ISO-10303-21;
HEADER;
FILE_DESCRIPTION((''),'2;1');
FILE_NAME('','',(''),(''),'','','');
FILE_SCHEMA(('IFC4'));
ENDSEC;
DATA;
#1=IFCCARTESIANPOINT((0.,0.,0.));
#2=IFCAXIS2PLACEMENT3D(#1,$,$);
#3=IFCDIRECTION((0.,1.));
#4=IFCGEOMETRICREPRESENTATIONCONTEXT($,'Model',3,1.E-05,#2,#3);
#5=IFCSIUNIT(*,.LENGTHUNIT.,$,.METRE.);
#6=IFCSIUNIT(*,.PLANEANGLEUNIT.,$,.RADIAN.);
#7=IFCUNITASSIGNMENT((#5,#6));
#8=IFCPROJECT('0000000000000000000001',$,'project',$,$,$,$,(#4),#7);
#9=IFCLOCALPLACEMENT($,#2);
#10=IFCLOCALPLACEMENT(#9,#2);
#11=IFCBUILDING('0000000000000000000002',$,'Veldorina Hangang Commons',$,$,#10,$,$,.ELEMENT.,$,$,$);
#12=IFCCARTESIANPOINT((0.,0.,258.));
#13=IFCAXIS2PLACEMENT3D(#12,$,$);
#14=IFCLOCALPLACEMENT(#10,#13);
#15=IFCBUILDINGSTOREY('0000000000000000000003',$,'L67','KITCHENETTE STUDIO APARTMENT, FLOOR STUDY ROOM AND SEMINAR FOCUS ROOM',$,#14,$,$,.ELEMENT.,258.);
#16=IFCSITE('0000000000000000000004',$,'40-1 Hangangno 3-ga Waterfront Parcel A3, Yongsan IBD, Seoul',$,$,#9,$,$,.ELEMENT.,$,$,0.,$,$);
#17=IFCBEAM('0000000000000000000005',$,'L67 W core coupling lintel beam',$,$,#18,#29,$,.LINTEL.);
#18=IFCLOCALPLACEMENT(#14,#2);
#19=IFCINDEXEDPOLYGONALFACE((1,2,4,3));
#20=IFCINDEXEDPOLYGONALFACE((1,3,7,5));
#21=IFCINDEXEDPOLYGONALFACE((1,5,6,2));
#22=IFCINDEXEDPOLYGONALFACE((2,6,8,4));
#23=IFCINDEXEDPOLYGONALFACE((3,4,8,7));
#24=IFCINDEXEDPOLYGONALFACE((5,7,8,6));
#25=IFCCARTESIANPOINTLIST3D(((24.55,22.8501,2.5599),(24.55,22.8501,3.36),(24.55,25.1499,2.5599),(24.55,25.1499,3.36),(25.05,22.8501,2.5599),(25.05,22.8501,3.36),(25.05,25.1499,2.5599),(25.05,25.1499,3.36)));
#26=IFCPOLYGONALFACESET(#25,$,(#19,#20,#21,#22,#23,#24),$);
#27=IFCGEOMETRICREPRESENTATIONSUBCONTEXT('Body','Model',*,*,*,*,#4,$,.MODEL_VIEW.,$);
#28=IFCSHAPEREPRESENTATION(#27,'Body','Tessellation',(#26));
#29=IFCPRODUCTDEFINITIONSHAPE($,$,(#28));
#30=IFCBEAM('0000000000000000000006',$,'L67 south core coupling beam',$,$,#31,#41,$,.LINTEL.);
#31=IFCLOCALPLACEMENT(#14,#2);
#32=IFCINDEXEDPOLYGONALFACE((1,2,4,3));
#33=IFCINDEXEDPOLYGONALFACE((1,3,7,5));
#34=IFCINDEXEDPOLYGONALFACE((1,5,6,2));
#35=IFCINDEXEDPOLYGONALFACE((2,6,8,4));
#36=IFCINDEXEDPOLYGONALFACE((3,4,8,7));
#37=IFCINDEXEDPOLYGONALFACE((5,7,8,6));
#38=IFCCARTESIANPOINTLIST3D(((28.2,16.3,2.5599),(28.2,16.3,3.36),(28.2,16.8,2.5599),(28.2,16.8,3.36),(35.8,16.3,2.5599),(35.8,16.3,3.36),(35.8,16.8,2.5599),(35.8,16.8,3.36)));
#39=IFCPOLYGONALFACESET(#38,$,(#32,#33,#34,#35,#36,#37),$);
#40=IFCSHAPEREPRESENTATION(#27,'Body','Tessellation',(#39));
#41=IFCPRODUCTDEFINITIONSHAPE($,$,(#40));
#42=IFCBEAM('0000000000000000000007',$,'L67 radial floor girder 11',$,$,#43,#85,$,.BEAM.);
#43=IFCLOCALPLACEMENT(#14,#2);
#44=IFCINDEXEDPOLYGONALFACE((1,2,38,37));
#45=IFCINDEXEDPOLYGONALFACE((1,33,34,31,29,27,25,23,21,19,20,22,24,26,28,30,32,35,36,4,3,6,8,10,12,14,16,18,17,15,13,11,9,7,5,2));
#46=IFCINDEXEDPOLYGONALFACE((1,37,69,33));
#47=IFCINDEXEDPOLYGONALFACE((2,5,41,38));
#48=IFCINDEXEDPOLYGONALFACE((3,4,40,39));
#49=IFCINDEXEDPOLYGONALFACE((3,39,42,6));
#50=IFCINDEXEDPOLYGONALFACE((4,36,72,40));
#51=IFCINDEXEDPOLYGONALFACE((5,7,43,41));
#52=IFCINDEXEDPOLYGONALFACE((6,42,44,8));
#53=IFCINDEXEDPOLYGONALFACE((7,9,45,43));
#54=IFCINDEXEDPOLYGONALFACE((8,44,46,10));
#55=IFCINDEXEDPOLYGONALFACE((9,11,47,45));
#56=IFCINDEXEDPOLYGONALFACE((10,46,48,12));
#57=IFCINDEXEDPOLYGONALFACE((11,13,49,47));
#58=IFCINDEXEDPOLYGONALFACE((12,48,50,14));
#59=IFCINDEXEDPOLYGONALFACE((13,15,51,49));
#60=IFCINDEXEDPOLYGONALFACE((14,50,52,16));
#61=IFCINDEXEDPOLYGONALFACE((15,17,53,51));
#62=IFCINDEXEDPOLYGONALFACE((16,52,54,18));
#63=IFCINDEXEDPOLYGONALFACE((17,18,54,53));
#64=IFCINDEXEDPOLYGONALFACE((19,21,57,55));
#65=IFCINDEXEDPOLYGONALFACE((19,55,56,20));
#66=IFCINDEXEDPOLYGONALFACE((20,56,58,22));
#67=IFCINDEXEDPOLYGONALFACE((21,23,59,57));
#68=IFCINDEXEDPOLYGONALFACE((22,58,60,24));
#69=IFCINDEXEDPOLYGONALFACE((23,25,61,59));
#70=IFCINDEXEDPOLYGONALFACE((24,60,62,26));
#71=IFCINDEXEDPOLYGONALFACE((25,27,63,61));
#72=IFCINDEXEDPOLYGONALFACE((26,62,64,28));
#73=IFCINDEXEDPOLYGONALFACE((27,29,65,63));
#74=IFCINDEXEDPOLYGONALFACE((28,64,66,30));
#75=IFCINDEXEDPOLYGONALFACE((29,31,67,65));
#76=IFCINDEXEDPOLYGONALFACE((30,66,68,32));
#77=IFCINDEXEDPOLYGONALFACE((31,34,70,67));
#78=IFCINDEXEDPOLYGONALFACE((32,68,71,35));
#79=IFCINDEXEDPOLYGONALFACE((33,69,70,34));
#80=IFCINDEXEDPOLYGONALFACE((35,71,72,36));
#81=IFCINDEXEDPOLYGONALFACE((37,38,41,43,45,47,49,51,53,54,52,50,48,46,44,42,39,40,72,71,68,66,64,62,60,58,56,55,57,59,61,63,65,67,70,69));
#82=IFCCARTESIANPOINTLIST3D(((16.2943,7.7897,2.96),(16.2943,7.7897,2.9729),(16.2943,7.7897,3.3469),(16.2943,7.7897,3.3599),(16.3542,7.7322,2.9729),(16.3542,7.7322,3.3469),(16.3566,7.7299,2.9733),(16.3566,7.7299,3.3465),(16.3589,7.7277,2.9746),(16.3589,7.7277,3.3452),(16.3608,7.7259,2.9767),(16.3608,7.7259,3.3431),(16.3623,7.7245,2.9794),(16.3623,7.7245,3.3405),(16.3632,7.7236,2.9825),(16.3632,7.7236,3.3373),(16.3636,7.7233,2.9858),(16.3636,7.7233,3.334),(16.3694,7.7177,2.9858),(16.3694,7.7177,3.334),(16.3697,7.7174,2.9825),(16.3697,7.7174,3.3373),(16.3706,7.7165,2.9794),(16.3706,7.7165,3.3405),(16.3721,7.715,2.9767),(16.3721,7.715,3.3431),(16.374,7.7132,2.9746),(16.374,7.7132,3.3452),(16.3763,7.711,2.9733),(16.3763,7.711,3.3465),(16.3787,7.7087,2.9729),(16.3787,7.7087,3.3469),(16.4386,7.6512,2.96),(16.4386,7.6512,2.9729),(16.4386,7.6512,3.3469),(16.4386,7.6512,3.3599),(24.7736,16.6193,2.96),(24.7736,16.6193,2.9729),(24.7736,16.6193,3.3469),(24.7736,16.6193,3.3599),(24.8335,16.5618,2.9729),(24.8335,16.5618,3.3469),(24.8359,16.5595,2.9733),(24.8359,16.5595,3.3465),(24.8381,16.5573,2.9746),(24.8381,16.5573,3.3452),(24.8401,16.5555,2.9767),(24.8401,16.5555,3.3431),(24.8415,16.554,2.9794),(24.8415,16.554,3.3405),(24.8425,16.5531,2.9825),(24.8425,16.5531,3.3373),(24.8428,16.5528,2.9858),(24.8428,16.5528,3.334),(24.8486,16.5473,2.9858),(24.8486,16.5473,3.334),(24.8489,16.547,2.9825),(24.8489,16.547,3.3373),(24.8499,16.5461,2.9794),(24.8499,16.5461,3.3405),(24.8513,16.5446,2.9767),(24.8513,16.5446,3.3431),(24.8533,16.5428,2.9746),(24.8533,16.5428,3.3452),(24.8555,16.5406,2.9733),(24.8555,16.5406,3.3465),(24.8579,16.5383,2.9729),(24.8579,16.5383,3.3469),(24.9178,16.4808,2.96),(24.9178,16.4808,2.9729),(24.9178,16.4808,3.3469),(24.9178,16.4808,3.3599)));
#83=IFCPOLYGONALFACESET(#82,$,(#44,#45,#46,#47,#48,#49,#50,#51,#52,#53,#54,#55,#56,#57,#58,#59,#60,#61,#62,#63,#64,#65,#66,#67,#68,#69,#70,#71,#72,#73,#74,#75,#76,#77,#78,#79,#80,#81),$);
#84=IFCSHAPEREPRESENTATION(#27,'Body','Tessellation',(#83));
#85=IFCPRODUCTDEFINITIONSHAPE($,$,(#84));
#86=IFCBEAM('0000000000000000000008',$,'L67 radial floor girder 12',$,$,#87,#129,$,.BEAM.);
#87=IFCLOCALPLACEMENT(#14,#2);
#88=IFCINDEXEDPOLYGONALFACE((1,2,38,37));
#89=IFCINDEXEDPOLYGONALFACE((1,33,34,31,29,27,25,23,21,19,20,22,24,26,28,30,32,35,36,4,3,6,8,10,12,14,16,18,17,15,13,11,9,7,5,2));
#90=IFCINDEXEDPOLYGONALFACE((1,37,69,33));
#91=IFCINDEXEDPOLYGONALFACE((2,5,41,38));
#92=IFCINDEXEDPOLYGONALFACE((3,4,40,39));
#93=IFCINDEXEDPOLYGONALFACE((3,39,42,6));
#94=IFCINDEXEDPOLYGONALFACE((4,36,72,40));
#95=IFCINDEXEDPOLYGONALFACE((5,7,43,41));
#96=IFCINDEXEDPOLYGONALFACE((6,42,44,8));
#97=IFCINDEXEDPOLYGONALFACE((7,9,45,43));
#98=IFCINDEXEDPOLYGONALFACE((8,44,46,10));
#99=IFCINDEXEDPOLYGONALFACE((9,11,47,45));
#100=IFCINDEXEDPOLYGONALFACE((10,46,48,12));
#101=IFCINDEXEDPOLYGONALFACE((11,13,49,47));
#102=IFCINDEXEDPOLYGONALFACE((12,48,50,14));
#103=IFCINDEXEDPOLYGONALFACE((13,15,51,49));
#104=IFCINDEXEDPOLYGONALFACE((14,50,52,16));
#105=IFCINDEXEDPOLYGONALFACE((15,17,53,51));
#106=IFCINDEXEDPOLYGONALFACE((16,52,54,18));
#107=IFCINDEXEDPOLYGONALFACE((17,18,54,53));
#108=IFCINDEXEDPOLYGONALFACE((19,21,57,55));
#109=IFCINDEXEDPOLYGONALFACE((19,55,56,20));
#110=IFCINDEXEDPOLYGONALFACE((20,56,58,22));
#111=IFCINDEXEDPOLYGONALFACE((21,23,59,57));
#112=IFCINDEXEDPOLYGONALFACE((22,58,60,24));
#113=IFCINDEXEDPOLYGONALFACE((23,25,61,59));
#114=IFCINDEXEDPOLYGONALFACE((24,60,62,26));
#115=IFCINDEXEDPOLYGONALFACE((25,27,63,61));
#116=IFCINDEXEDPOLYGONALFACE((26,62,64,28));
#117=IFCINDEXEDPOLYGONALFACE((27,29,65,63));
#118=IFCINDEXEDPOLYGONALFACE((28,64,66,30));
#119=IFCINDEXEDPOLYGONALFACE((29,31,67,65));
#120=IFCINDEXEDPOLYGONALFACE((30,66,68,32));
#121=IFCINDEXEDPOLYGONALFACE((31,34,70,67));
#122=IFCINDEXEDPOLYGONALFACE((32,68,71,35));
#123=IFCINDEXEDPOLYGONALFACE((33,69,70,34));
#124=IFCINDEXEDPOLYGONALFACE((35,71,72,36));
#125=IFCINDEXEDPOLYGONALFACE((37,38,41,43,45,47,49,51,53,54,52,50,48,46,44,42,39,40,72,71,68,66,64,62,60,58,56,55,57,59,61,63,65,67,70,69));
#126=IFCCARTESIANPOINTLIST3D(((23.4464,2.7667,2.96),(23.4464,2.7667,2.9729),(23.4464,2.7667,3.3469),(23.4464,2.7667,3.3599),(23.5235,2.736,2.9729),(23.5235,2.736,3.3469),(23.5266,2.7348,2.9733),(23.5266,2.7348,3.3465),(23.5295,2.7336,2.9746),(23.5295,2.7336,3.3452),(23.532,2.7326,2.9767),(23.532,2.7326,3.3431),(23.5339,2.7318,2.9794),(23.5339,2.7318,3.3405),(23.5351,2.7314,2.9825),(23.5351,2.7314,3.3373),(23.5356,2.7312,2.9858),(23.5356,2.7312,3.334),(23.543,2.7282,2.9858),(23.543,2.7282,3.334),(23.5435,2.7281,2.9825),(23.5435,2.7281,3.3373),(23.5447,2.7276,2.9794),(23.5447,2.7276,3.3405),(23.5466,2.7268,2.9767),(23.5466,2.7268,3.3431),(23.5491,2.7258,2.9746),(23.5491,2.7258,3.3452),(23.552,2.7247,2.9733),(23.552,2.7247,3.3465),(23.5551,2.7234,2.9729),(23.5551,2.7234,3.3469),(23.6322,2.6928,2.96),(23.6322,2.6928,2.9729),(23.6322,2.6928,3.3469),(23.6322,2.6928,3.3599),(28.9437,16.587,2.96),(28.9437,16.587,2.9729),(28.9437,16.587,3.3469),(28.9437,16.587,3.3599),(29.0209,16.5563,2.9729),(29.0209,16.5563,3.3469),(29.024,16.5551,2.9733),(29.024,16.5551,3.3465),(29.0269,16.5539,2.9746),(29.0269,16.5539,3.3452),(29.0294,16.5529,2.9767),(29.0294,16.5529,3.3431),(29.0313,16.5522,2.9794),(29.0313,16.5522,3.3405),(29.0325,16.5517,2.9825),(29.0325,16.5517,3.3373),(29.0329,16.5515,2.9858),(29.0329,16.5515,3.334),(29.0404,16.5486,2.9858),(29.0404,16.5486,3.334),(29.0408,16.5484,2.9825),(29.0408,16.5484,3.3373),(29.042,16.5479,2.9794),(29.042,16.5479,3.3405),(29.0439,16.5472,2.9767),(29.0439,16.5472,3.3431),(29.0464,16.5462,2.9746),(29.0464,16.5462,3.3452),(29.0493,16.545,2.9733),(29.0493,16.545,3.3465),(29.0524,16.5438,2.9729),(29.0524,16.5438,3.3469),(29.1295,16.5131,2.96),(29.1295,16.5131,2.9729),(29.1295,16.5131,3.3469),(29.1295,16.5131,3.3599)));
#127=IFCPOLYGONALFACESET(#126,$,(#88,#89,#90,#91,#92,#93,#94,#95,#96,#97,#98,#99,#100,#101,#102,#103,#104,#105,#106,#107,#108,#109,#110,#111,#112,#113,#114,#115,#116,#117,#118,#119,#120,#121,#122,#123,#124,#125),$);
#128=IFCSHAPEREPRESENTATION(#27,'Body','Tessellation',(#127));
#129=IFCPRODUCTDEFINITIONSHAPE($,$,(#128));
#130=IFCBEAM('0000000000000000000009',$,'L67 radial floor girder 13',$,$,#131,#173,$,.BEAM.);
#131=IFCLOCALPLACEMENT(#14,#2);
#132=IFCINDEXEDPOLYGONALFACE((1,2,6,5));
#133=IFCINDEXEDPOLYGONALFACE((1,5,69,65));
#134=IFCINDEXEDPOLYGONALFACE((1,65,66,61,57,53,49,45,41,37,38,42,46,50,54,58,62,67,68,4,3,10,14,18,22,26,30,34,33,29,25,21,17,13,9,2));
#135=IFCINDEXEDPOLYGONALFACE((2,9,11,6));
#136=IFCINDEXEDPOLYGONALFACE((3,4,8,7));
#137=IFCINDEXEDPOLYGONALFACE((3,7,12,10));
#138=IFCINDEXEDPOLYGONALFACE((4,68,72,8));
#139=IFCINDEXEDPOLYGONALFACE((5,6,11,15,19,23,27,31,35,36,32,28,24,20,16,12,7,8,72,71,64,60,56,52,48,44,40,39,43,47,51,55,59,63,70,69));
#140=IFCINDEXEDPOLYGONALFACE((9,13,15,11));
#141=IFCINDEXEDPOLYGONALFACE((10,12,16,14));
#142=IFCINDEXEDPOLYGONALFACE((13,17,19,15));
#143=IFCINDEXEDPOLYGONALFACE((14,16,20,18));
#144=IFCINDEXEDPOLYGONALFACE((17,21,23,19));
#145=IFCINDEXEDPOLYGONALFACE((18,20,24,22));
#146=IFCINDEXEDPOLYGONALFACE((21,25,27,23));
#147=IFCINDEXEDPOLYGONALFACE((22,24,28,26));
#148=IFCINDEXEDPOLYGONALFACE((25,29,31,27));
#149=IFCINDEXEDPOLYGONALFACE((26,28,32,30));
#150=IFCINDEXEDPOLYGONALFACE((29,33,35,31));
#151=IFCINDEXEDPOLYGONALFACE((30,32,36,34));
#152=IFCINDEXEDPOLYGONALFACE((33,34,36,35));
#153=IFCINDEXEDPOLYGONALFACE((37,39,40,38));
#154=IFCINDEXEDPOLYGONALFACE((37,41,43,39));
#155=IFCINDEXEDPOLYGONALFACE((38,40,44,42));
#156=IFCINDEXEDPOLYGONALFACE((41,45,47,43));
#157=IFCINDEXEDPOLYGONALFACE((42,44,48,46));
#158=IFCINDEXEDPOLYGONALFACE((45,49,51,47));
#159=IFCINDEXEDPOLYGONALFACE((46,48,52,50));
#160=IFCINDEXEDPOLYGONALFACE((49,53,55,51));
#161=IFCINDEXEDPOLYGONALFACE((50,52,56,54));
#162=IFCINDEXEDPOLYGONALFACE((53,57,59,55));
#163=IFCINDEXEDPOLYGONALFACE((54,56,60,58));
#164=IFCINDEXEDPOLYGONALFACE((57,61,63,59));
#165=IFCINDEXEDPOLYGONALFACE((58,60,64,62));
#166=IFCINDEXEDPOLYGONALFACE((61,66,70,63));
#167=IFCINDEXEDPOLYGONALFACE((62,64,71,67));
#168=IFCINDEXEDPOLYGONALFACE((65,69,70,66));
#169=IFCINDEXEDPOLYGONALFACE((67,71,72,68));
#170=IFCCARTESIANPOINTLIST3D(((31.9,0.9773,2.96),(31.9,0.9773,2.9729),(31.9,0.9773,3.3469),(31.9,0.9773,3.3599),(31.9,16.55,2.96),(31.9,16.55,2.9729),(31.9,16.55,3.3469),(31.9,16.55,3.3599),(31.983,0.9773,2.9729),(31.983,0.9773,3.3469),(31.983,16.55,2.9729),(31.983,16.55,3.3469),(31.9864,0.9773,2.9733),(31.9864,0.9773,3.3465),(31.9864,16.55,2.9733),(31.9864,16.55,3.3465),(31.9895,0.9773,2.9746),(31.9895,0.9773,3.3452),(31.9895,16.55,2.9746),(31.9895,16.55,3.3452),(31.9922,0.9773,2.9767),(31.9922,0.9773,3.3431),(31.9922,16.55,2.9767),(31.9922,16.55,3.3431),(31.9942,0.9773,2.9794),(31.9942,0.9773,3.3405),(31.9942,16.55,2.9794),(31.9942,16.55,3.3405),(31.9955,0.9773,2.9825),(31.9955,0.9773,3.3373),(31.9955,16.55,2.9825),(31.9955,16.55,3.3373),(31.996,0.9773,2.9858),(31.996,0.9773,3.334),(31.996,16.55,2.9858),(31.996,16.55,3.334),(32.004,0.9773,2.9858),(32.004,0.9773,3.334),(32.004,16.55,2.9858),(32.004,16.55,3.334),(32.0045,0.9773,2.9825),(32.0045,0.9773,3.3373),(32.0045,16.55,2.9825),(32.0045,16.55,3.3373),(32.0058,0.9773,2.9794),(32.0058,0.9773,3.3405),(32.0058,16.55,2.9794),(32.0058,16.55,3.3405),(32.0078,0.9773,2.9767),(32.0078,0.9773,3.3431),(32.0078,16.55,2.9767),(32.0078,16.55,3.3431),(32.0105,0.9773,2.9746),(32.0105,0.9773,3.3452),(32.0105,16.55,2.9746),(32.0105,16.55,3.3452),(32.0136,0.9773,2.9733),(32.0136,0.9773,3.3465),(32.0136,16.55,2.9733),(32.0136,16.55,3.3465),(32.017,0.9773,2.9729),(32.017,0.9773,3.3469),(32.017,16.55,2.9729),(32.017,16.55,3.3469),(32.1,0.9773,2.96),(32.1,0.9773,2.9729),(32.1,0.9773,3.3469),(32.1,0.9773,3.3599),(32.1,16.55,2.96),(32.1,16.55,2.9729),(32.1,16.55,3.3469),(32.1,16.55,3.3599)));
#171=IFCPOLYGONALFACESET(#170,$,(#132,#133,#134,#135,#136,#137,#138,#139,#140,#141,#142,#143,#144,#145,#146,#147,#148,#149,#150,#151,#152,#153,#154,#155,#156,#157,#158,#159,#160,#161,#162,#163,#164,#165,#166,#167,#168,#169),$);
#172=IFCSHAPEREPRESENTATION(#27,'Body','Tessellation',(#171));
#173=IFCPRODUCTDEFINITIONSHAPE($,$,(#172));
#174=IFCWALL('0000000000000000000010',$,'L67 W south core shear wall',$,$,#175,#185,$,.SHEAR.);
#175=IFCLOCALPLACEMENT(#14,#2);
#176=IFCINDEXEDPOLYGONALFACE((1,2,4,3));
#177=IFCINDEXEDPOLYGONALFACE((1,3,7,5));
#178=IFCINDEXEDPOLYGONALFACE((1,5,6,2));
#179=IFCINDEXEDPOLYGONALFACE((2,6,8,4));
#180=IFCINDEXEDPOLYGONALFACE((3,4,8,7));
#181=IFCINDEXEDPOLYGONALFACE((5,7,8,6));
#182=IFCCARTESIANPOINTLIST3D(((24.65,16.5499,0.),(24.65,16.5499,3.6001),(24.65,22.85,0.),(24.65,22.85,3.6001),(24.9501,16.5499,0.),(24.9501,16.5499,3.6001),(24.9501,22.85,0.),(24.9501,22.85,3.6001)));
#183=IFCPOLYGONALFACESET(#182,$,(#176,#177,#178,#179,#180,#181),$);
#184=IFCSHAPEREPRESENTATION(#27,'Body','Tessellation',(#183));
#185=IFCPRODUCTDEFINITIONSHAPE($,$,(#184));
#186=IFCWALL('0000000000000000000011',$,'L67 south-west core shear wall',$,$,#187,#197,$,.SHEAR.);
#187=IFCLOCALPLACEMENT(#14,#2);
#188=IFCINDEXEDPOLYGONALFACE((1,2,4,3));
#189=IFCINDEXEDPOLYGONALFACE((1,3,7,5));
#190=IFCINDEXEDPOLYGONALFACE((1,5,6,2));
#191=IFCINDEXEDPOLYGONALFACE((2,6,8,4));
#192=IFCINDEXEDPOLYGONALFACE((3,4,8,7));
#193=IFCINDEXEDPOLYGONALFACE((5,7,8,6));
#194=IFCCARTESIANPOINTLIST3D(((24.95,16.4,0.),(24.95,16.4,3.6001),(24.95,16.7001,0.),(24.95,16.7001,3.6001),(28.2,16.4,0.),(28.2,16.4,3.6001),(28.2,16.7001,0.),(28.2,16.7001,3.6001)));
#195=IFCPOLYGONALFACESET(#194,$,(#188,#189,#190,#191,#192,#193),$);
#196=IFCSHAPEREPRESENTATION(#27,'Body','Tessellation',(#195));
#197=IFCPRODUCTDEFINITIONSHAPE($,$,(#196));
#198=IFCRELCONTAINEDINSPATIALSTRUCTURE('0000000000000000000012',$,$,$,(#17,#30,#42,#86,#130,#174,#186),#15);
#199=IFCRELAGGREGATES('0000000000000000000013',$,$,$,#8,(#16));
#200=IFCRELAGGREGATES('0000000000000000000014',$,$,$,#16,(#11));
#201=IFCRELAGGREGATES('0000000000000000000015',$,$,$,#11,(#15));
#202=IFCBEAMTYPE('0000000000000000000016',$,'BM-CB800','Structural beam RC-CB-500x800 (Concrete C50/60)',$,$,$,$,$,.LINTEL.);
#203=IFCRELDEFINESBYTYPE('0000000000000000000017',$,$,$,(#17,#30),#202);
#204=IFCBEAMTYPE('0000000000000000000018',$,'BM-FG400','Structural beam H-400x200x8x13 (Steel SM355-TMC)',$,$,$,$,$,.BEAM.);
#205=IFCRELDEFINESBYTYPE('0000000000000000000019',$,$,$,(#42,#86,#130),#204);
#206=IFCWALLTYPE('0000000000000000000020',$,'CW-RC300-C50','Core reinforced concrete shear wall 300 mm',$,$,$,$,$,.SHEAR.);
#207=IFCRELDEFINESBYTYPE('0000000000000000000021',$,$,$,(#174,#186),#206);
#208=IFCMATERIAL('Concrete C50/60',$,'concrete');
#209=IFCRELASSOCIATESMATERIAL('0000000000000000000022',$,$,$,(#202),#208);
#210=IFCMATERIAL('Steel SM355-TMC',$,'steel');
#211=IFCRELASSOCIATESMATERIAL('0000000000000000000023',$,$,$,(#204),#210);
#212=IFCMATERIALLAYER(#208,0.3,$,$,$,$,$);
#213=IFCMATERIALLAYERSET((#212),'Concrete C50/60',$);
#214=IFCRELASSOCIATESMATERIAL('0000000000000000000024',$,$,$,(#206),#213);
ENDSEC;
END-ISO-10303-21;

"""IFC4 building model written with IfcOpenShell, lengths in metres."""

from ifc_helpers import new_model, si_unit, direction, frame, frame_2d, origin, origin_2d, place, context, subcontext, project, spatial, rectangle, i_section, extrude, material, layer, layer_set, material_profile, profile_set, type_object, element, save


model = new_model("IFC4")

# Units and contexts
model_context = context("Model", 3, precision=1e-05, world=origin(), true_north=direction((0.0, 1.0)))
body_context = subcontext(model_context, "Body", "Model", "MODEL_VIEW")
ifc_project = project(units=[si_unit("LENGTHUNIT", "METRE"), si_unit("PLANEANGLEUNIT", "RADIAN")], contexts=[model_context])

# Site, building, storey
site_placement = place(None, origin())
site = spatial("IfcSite", under=ifc_project, at=site_placement, Name="40-1 Hangangno 3-ga Waterfront Parcel A3, Yongsan IBD, Seoul", CompositionType="ELEMENT", RefElevation=0.0)
building_placement = place(site_placement, origin())
building = spatial("IfcBuilding", under=site, at=building_placement, Name="Veldorina Hangang Commons", CompositionType="ELEMENT")
storey_placement = place(building_placement, frame((0.0, 0.0, 258.0)))
storey = spatial("IfcBuildingStorey", under=building, at=storey_placement, Name="L67", Description="KITCHENETTE STUDIO APARTMENT, FLOOR STUDY ROOM AND SEMINAR FOCUS ROOM", CompositionType="ELEMENT", Elevation=258.0)

# Beams
ifc_material_1 = material(Name="Concrete C50/60", Category="concrete")
ifc_material_profile_1 = material_profile(ifc_material_1, rectangle(XDim=0.5, YDim=0.8, at=origin_2d()), Name="RC-CB-500x800")
ifc_profile_set_1 = profile_set([ifc_material_profile_1], Name="Concrete C50/60")
beam_type_1 = type_object("IfcBeamType", Name="BM-CB800", Description="Structural beam RC-CB-500x800 (Concrete C50/60)", PredefinedType="LINTEL", material=ifc_profile_set_1)
beam_1_placement = place(storey_placement, frame((24.8, 22.8501, 2.96), z_axis=(0.0, 1.0, 0.0), x_axis=(-1.0, 0.0, 0.0)))
element("IfcBeam", 1, at=beam_1_placement, inside=storey, type_object=beam_type_1, Name="L67 W core coupling lintel beam", PredefinedType="LINTEL", context=body_context, shape_type="SweptSolid", body=[
    extrude(rectangle(XDim=0.5, YDim=0.8, at=origin_2d()), origin(), (0.0, 0.0, 1.0), 2.2998),
])
beam_2_placement = place(storey_placement, frame((28.2, 16.55, 2.96), z_axis=(1.0, 0.0, 0.0), x_axis=(0.0, 1.0, 0.0)))
element("IfcBeam", 2, at=beam_2_placement, inside=storey, type_object=beam_type_1, Name="L67 south core coupling beam", PredefinedType="LINTEL", context=body_context, shape_type="SweptSolid", body=[
    extrude(rectangle(XDim=0.5, YDim=0.8, at=origin_2d()), origin(), (0.0, 0.0, 1.0), 7.6001),
])
ifc_material_2 = material(Name="Steel SM355-TMC", Category="steel")
ifc_material_profile_2 = material_profile(ifc_material_2, i_section(OverallWidth=0.2, OverallDepth=0.3999, WebThickness=0.0081, FlangeThickness=0.0129, FilletRadius=0.0129, at=origin_2d()), Name="H-400x200x8x13")
ifc_profile_set_2 = profile_set([ifc_material_profile_2], Name="Steel SM355-TMC")
beam_type_2 = type_object("IfcBeamType", Name="BM-FG400", Description="Structural beam H-400x200x8x13 (Steel SM355-TMC)", PredefinedType="BEAM", material=ifc_profile_set_2)
beam_3_placement = place(storey_placement, frame((24.8457, 16.55, 3.1599), z_axis=(-0.692653, -0.721271, 0.0), x_axis=(0.721271, -0.692653, 0.0)))
element("IfcBeam", 3, at=beam_3_placement, inside=storey, type_object=beam_type_2, Name="L67 radial floor girder 11", PredefinedType="BEAM", context=body_context, shape_type="SweptSolid", body=[
    extrude(i_section(OverallWidth=0.2, OverallDepth=0.3999, WebThickness=0.0081, FlangeThickness=0.0129, FilletRadius=0.0129, at=origin_2d()), origin(), (0.0, 0.0, 1.0), 12.2417),
])
beam_4_placement = place(storey_placement, frame((29.0366, 16.55, 3.1599), z_axis=(-0.369604, -0.929189, 0.0), x_axis=(0.929189, -0.369604, 0.0)))
element("IfcBeam", 4, at=beam_4_placement, inside=storey, type_object=beam_type_2, Name="L67 radial floor girder 12", PredefinedType="BEAM", context=body_context, shape_type="SweptSolid", body=[
    extrude(i_section(OverallWidth=0.2, OverallDepth=0.3999, WebThickness=0.0081, FlangeThickness=0.0129, FilletRadius=0.0129, at=origin_2d()), origin(), (0.0, 0.0, 1.0), 14.8735),
])
beam_5_placement = place(storey_placement, frame((32.0, 16.55, 3.1599), z_axis=(0.0, -1.0, 0.0), x_axis=(1.0, 0.0, 0.0)))
element("IfcBeam", 5, at=beam_5_placement, inside=storey, type_object=beam_type_2, Name="L67 radial floor girder 13", PredefinedType="BEAM", context=body_context, shape_type="SweptSolid", body=[
    extrude(i_section(OverallWidth=0.2, OverallDepth=0.3999, WebThickness=0.0081, FlangeThickness=0.0129, FilletRadius=0.0129, at=origin_2d()), origin(), (0.0, 0.0, 1.0), 15.5728),
])

# Walls
ifc_layer_1 = layer(ifc_material_1, 0.3)
ifc_layer_set_1 = layer_set([ifc_layer_1], Name="Concrete C50/60")
wall_type_1 = type_object("IfcWallType", Name="CW-RC300-C50", Description="Core reinforced concrete shear wall 300 mm", PredefinedType="SHEAR", material=ifc_layer_set_1)
wall_1_placement = place(storey_placement, frame((24.8, 16.55, 0.0), z_axis=(0.0, 0.0, 1.0), x_axis=(0.0, 1.0, 0.0)))
element("IfcWall", 6, at=wall_1_placement, inside=storey, type_object=wall_type_1, Name="L67 W south core shear wall", PredefinedType="SHEAR", context=body_context, shape_type="SweptSolid", body=[
    extrude(rectangle(XDim=6.3, YDim=0.3, at=frame_2d((3.1499, 0.0))), origin(), (0.0, 0.0, 1.0), 3.6001),
])
wall_2_placement = place(storey_placement, frame((24.95, 16.55, 0.0), z_axis=(0.0, 0.0, 1.0), x_axis=(1.0, 0.0, 0.0)))
element("IfcWall", 7, at=wall_2_placement, inside=storey, type_object=wall_type_1, Name="L67 south-west core shear wall", PredefinedType="SHEAR", context=body_context, shape_type="SweptSolid", body=[
    extrude(rectangle(XDim=3.25, YDim=0.3, at=frame_2d((1.625, 0.0))), origin(), (0.0, 0.0, 1.0), 3.6001),
])

save(model, "model.ifc")
